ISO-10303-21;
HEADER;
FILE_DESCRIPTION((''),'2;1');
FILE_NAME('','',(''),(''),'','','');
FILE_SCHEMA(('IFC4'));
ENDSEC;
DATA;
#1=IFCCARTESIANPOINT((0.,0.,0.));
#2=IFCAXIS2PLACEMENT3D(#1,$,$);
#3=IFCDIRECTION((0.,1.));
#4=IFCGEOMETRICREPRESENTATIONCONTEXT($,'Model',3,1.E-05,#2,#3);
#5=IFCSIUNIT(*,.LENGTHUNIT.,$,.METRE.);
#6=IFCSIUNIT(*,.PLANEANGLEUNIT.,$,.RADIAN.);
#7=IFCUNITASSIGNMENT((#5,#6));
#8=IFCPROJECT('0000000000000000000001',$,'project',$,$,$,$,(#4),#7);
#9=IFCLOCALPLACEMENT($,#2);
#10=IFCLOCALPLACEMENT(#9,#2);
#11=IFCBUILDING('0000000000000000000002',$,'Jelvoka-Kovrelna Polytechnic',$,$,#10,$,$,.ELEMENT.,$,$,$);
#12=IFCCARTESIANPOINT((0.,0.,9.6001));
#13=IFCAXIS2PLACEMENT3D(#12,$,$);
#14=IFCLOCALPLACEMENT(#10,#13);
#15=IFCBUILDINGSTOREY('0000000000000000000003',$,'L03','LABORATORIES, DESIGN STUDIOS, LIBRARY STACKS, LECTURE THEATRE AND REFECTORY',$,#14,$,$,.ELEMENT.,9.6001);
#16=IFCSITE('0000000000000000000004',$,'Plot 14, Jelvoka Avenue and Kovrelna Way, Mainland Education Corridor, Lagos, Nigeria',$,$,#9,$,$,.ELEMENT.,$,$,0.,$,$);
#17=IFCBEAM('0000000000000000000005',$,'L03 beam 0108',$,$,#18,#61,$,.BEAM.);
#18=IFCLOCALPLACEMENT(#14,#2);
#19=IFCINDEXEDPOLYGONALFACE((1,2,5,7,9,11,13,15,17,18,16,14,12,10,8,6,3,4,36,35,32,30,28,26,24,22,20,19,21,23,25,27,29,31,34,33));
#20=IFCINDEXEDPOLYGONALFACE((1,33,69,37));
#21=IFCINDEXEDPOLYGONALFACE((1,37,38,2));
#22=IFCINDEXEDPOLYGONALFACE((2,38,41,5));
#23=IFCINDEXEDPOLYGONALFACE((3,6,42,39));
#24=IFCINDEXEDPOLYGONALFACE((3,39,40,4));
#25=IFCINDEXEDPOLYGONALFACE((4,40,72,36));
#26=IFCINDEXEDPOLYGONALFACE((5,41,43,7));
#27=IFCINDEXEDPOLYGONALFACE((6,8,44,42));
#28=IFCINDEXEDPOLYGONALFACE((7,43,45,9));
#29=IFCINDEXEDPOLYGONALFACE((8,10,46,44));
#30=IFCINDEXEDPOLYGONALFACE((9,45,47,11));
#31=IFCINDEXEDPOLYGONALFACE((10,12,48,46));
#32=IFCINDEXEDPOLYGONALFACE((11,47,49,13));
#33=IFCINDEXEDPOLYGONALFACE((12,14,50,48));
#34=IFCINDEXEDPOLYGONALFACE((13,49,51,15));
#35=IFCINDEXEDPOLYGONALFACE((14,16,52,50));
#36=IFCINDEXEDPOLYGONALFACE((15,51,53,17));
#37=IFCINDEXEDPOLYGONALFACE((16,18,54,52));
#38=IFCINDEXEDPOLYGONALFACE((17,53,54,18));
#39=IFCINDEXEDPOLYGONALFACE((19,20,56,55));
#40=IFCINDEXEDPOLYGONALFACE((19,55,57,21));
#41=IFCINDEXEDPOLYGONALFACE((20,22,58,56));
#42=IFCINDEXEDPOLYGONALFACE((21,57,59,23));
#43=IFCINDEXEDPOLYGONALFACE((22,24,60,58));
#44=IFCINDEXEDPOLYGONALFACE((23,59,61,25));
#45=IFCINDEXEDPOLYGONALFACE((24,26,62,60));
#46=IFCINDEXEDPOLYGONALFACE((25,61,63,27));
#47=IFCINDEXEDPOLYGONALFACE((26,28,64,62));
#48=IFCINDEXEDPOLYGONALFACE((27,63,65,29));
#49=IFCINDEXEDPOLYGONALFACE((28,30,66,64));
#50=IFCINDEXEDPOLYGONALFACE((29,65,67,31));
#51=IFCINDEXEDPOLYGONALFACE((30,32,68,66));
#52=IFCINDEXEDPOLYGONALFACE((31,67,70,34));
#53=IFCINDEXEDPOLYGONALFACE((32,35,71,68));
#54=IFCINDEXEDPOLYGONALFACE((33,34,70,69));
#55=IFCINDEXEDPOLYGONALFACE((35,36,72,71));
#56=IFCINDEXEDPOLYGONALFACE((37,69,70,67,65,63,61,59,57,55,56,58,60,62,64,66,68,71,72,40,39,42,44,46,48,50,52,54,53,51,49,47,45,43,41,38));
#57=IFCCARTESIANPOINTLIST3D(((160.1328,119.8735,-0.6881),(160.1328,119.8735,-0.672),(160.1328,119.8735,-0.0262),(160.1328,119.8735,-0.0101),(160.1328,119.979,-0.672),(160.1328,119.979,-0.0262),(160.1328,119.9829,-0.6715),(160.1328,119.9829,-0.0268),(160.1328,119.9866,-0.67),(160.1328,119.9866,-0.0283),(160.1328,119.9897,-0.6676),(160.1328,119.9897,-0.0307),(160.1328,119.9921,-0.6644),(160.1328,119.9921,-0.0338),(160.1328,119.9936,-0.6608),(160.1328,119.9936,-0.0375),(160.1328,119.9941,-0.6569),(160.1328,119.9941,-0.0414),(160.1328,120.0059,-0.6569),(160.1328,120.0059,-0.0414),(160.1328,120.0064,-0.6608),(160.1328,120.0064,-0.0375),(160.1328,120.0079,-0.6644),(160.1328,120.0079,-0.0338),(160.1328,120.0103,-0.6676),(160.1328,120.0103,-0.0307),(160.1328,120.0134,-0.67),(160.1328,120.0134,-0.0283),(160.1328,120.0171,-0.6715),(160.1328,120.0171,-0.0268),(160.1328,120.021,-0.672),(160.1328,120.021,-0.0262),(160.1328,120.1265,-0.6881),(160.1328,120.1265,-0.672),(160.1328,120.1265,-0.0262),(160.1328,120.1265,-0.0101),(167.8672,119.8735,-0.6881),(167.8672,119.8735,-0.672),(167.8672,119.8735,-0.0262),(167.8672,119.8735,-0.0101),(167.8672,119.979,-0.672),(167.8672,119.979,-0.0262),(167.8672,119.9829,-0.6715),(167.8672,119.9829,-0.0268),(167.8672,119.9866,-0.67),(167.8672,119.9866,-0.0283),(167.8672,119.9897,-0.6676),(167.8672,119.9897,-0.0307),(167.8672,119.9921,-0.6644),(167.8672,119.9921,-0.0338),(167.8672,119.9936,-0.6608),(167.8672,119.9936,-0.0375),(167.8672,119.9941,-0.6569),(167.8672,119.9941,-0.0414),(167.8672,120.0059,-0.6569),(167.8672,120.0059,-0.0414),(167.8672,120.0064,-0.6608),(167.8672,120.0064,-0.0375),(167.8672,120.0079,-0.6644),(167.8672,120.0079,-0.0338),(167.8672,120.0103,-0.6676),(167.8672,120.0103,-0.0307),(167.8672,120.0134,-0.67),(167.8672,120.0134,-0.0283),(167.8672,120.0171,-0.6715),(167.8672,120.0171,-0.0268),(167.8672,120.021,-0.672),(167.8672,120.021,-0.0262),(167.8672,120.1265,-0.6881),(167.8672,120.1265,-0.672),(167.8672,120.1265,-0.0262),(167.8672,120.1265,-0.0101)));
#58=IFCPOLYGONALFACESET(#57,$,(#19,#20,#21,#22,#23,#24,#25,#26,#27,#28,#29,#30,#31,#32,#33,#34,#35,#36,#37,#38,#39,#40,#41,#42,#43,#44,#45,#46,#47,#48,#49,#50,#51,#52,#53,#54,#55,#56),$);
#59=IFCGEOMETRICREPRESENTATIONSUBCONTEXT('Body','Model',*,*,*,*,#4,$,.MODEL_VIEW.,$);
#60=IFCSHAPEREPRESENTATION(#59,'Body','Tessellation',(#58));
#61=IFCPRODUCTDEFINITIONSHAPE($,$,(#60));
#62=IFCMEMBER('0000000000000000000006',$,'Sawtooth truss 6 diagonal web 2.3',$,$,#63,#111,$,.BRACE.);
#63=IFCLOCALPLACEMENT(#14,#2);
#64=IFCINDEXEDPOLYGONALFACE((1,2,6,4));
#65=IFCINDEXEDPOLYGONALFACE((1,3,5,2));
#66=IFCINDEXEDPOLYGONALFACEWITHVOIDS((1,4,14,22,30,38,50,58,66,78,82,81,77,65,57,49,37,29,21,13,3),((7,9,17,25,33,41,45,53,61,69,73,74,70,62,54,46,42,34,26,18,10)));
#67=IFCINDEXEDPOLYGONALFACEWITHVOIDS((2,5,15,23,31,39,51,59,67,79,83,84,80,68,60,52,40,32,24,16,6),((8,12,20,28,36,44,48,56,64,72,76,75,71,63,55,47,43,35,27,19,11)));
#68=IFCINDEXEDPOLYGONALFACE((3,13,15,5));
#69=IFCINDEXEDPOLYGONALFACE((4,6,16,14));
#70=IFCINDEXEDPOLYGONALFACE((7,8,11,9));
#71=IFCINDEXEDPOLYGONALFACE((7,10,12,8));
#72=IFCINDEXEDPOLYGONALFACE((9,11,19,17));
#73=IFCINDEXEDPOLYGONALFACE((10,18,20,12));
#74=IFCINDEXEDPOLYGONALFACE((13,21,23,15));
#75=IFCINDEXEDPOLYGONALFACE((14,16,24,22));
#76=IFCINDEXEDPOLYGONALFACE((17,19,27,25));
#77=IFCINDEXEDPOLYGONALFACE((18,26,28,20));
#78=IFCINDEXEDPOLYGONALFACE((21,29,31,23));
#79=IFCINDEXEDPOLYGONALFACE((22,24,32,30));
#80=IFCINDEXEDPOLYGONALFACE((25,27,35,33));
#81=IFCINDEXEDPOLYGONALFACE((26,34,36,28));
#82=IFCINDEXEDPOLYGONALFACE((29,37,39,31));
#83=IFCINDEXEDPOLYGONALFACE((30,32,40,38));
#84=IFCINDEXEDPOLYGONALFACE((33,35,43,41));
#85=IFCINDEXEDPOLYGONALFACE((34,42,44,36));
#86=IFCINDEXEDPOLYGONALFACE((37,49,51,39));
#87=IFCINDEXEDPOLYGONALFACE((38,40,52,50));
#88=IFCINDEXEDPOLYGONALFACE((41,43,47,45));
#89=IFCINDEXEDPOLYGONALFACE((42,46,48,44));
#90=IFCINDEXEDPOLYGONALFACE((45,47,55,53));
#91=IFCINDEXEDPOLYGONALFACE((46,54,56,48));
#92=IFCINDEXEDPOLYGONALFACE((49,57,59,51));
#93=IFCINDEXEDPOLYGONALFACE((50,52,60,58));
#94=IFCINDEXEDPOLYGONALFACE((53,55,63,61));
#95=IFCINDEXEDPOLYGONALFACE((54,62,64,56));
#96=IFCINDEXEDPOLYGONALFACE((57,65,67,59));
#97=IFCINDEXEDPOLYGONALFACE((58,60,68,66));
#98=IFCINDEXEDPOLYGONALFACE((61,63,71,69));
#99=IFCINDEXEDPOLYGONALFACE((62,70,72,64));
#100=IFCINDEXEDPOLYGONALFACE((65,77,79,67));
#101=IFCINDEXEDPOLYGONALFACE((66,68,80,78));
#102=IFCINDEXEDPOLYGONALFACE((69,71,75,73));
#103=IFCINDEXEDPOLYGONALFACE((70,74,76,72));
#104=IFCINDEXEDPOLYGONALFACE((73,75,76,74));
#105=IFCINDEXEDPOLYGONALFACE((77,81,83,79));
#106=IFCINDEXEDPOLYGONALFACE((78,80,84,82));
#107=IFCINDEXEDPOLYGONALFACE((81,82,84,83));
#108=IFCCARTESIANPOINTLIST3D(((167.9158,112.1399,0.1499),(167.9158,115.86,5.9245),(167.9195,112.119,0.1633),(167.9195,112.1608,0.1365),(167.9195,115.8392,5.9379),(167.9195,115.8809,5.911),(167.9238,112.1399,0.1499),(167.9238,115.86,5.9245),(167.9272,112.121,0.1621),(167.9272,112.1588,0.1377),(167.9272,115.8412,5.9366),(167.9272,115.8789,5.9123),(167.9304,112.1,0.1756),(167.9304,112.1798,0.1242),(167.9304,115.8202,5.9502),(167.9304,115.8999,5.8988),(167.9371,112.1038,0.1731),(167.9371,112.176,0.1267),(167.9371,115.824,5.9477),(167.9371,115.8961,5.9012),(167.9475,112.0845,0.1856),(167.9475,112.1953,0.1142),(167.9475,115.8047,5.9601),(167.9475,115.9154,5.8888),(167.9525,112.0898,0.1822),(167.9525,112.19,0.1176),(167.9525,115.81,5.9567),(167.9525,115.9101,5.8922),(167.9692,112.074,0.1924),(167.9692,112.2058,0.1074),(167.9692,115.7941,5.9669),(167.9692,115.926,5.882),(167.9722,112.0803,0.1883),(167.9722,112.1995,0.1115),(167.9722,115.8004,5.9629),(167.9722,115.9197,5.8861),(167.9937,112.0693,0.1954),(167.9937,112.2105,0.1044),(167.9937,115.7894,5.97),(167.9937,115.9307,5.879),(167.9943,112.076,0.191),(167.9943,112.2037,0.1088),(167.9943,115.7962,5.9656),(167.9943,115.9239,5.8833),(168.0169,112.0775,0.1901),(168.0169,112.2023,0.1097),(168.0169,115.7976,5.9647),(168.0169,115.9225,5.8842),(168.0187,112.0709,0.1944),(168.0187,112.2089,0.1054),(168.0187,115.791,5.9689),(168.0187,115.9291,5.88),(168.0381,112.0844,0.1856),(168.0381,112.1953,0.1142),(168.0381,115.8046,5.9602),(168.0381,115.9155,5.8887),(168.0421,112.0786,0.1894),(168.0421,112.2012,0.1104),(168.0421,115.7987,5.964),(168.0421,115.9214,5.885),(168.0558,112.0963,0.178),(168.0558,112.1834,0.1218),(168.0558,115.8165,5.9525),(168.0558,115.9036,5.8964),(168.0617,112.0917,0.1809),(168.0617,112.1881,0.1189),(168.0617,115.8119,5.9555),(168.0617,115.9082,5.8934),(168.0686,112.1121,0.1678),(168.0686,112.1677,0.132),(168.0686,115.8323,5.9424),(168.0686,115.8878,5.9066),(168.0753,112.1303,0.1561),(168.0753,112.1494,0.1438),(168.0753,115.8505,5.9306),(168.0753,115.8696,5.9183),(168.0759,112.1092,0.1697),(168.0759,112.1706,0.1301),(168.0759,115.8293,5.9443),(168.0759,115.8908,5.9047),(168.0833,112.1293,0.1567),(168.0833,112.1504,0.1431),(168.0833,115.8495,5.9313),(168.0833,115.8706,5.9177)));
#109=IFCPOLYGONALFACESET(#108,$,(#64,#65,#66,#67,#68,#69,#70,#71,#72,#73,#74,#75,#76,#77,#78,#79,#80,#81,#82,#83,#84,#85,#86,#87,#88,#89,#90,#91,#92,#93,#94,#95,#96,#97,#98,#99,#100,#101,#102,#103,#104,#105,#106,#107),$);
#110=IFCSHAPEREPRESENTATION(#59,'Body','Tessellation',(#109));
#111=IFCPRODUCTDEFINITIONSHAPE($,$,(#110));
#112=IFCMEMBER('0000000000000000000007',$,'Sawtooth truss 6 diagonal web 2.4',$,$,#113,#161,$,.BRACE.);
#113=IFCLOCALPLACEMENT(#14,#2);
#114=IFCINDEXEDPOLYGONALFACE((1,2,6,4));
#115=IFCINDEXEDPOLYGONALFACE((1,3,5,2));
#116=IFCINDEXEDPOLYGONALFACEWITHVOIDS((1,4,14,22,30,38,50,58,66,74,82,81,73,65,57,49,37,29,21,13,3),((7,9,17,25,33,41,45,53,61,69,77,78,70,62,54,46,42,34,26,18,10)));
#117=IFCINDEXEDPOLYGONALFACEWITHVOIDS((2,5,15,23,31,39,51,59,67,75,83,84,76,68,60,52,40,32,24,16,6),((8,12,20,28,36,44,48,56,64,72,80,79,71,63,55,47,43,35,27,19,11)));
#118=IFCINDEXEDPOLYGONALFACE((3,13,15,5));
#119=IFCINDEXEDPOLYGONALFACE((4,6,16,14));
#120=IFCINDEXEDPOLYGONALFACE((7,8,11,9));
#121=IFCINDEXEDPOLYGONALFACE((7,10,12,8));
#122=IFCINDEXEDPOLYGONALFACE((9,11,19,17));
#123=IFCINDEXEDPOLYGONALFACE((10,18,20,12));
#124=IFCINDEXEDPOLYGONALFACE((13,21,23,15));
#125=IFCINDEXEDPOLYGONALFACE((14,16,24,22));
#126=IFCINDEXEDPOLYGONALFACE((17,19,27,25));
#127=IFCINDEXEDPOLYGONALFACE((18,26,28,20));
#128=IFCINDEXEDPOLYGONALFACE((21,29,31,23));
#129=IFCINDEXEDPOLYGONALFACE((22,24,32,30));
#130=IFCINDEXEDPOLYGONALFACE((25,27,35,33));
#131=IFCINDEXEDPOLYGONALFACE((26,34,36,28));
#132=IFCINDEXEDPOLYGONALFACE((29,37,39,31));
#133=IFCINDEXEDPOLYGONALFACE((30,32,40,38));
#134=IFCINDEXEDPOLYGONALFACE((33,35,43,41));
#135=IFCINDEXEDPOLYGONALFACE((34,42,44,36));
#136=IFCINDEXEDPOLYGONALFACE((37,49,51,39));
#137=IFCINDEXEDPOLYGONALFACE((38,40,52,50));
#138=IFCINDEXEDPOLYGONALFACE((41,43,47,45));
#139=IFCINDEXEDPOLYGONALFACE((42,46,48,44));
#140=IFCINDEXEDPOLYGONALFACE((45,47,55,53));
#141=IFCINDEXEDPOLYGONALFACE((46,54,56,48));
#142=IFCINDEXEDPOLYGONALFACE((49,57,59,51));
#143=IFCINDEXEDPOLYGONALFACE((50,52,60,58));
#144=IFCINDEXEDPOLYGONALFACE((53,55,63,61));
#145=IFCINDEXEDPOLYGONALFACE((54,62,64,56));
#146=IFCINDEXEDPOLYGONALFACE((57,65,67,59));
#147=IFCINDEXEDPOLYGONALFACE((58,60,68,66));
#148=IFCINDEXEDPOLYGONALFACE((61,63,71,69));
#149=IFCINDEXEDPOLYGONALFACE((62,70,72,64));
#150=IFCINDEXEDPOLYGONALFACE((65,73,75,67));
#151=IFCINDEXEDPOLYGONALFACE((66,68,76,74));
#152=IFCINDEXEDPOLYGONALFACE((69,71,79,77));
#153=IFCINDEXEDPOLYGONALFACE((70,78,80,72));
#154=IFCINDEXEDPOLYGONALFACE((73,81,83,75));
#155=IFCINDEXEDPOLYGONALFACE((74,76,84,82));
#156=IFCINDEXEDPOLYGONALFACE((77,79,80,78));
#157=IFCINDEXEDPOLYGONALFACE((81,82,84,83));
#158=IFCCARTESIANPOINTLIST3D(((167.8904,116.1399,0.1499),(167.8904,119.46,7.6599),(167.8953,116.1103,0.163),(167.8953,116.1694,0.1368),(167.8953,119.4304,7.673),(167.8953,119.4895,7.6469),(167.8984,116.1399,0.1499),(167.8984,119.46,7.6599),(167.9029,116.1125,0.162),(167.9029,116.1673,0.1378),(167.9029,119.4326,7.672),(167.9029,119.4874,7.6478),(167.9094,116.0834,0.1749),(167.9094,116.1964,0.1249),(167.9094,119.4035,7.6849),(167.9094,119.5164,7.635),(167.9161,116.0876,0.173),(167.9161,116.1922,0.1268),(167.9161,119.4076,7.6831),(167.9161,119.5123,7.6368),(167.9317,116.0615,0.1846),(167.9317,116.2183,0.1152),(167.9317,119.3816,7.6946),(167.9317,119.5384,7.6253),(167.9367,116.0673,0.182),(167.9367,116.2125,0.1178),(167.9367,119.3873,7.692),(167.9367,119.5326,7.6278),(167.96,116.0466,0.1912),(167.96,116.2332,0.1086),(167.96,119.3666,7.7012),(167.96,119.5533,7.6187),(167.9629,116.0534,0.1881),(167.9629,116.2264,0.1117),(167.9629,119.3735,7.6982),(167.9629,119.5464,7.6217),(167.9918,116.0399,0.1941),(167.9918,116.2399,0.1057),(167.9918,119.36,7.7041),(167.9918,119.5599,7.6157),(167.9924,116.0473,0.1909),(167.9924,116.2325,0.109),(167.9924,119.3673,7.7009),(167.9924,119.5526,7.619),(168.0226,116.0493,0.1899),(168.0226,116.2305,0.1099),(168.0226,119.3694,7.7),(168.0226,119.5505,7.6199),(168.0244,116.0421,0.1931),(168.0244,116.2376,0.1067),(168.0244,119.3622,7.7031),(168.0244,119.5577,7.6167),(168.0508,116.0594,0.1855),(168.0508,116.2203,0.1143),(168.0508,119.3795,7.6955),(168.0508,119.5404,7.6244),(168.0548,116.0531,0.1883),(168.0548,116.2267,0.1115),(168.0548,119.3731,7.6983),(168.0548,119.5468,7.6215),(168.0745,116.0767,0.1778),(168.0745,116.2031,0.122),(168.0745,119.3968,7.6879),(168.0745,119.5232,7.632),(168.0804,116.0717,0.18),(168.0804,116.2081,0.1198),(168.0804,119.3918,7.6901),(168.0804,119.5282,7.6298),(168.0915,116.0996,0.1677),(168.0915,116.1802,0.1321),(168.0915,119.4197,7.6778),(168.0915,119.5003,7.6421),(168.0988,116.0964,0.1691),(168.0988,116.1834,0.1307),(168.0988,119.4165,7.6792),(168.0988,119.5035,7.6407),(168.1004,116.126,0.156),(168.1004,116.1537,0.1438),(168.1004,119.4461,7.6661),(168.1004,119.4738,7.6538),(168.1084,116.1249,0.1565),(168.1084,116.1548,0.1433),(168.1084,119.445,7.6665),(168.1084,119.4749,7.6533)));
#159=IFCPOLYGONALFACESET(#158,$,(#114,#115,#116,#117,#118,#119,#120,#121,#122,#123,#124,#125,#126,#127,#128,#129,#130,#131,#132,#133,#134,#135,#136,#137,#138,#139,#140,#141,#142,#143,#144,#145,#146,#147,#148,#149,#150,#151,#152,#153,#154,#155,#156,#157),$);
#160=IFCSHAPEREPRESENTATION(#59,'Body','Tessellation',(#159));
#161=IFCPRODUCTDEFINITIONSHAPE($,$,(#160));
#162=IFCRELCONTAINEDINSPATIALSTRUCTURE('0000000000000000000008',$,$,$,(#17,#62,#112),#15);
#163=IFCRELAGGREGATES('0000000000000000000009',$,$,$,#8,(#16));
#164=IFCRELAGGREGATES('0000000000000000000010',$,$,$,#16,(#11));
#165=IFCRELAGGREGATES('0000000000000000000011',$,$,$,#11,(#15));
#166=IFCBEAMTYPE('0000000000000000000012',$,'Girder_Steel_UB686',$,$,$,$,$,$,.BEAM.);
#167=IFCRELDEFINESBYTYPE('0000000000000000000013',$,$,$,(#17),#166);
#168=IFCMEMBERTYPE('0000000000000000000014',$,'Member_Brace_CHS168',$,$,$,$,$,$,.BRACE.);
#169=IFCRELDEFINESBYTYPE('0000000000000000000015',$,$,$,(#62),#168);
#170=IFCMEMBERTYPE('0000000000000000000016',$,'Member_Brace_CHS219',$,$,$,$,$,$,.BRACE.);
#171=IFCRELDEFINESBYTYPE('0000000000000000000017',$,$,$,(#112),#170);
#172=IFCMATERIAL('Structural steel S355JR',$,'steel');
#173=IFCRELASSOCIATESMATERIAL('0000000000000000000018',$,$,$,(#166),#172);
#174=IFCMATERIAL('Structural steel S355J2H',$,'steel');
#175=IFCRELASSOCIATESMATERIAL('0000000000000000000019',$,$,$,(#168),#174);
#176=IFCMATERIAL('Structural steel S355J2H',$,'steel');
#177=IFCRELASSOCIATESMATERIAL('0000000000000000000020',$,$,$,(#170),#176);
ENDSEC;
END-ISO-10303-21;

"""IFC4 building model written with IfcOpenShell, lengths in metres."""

from ifc_helpers import new_model, si_unit, direction, frame, origin, origin_2d, place, context, subcontext, project, spatial, hollow_circle, i_section, extrude, material, material_profile, profile_set, type_object, element, save


model = new_model("IFC4")

# Units and contexts
model_context = context("Model", 3, precision=1e-05, world=origin(), true_north=direction((0.0, 1.0)))
body_context = subcontext(model_context, "Body", "Model", "MODEL_VIEW")
ifc_project = project(units=[si_unit("LENGTHUNIT", "METRE"), si_unit("PLANEANGLEUNIT", "RADIAN")], contexts=[model_context])

# Site, building, storey
site_placement = place(None, origin())
site = spatial("IfcSite", under=ifc_project, at=site_placement, Name="Plot 14, Jelvoka Avenue and Kovrelna Way, Mainland Education Corridor, Lagos, Nigeria", CompositionType="ELEMENT", RefElevation=0.0)
building_placement = place(site_placement, origin())
building = spatial("IfcBuilding", under=site, at=building_placement, Name="Jelvoka-Kovrelna Polytechnic", CompositionType="ELEMENT")
storey_placement = place(building_placement, frame((0.0, 0.0, 9.6001)))
storey = spatial("IfcBuildingStorey", under=building, at=storey_placement, Name="L03", Description="LABORATORIES, DESIGN STUDIOS, LIBRARY STACKS, LECTURE THEATRE AND REFECTORY", CompositionType="ELEMENT", Elevation=9.6001)

# Beam
ifc_material_1 = material(Name="Structural steel S355JR", Category="steel")
ifc_material_profile_1 = material_profile(ifc_material_1, i_section(OverallWidth=0.2529, OverallDepth=0.678, WebThickness=0.0117, FlangeThickness=0.0161, FilletRadius=0.0151, at=origin_2d()), Name="686x254x125 UB")
ifc_profile_set_1 = profile_set([ifc_material_profile_1], Name="Structural steel S355JR")
beam_type = type_object("IfcBeamType", Name="Girder_Steel_UB686", PredefinedType="BEAM", material=ifc_profile_set_1)
beam_placement = place(storey_placement, frame((160.1328, 120.0, -0.3491), z_axis=(1.0, 0.0, 0.0), x_axis=(0.0, 1.0, 0.0)))
element("IfcBeam", 1, at=beam_placement, inside=storey, type_object=beam_type, Name="L03 beam 0108", PredefinedType="BEAM", context=body_context, shape_type="SweptSolid", body=[
    extrude(i_section(OverallWidth=0.2529, OverallDepth=0.678, WebThickness=0.0117, FlangeThickness=0.0161, FilletRadius=0.0151, at=origin_2d()), origin(), (0.0, 0.0, 1.0), 7.7344),
])

# Members
ifc_material_2 = material(Name="Structural steel S355J2H", Category="steel")
ifc_material_profile_2 = material_profile(ifc_material_2, hollow_circle(Radius=0.0842, WallThickness=0.0081, at=origin_2d()), Name="168.3x8.0 CHS")
ifc_profile_set_2 = profile_set([ifc_material_profile_2], Name="Structural steel S355J2H")
member_type_1 = type_object("IfcMemberType", Name="Member_Brace_CHS168", PredefinedType="BRACE", material=ifc_profile_set_2)
member_1_placement = place(storey_placement, frame((168.0, 112.1399, 0.1499), z_axis=(0.0, 0.541575, 0.840653), x_axis=(-1.0, 0.0, 0.0)))
element("IfcMember", 2, at=member_1_placement, inside=storey, type_object=member_type_1, Name="Sawtooth truss 6 diagonal web 2.3", PredefinedType="BRACE", context=body_context, shape_type="SweptSolid", body=[
    extrude(hollow_circle(Radius=0.0842, WallThickness=0.0081, at=origin_2d()), origin(), (0.0, 0.0, 1.0), 6.8691),
])
ifc_material_3 = material(Name="Structural steel S355J2H", Category="steel")
ifc_material_profile_3 = material_profile(ifc_material_3, hollow_circle(Radius=0.1096, WallThickness=0.0081, at=origin_2d()), Name="219.1x8.0 CHS")
ifc_profile_set_3 = profile_set([ifc_material_profile_3], Name="Structural steel S355J2H")
member_type_2 = type_object("IfcMemberType", Name="Member_Brace_CHS219", PredefinedType="BRACE", material=ifc_profile_set_3)
member_2_placement = place(storey_placement, frame((168.0, 116.1399, 0.1499), z_axis=(0.0, 0.404336, 0.91461), x_axis=(-1.0, 0.0, 0.0)))
element("IfcMember", 3, at=member_2_placement, inside=storey, type_object=member_type_2, Name="Sawtooth truss 6 diagonal web 2.4", PredefinedType="BRACE", context=body_context, shape_type="SweptSolid", body=[
    extrude(hollow_circle(Radius=0.1096, WallThickness=0.0081, at=origin_2d()), origin(), (0.0, 0.0, 1.0), 8.2112),
])

save(model, "model.ifc")
